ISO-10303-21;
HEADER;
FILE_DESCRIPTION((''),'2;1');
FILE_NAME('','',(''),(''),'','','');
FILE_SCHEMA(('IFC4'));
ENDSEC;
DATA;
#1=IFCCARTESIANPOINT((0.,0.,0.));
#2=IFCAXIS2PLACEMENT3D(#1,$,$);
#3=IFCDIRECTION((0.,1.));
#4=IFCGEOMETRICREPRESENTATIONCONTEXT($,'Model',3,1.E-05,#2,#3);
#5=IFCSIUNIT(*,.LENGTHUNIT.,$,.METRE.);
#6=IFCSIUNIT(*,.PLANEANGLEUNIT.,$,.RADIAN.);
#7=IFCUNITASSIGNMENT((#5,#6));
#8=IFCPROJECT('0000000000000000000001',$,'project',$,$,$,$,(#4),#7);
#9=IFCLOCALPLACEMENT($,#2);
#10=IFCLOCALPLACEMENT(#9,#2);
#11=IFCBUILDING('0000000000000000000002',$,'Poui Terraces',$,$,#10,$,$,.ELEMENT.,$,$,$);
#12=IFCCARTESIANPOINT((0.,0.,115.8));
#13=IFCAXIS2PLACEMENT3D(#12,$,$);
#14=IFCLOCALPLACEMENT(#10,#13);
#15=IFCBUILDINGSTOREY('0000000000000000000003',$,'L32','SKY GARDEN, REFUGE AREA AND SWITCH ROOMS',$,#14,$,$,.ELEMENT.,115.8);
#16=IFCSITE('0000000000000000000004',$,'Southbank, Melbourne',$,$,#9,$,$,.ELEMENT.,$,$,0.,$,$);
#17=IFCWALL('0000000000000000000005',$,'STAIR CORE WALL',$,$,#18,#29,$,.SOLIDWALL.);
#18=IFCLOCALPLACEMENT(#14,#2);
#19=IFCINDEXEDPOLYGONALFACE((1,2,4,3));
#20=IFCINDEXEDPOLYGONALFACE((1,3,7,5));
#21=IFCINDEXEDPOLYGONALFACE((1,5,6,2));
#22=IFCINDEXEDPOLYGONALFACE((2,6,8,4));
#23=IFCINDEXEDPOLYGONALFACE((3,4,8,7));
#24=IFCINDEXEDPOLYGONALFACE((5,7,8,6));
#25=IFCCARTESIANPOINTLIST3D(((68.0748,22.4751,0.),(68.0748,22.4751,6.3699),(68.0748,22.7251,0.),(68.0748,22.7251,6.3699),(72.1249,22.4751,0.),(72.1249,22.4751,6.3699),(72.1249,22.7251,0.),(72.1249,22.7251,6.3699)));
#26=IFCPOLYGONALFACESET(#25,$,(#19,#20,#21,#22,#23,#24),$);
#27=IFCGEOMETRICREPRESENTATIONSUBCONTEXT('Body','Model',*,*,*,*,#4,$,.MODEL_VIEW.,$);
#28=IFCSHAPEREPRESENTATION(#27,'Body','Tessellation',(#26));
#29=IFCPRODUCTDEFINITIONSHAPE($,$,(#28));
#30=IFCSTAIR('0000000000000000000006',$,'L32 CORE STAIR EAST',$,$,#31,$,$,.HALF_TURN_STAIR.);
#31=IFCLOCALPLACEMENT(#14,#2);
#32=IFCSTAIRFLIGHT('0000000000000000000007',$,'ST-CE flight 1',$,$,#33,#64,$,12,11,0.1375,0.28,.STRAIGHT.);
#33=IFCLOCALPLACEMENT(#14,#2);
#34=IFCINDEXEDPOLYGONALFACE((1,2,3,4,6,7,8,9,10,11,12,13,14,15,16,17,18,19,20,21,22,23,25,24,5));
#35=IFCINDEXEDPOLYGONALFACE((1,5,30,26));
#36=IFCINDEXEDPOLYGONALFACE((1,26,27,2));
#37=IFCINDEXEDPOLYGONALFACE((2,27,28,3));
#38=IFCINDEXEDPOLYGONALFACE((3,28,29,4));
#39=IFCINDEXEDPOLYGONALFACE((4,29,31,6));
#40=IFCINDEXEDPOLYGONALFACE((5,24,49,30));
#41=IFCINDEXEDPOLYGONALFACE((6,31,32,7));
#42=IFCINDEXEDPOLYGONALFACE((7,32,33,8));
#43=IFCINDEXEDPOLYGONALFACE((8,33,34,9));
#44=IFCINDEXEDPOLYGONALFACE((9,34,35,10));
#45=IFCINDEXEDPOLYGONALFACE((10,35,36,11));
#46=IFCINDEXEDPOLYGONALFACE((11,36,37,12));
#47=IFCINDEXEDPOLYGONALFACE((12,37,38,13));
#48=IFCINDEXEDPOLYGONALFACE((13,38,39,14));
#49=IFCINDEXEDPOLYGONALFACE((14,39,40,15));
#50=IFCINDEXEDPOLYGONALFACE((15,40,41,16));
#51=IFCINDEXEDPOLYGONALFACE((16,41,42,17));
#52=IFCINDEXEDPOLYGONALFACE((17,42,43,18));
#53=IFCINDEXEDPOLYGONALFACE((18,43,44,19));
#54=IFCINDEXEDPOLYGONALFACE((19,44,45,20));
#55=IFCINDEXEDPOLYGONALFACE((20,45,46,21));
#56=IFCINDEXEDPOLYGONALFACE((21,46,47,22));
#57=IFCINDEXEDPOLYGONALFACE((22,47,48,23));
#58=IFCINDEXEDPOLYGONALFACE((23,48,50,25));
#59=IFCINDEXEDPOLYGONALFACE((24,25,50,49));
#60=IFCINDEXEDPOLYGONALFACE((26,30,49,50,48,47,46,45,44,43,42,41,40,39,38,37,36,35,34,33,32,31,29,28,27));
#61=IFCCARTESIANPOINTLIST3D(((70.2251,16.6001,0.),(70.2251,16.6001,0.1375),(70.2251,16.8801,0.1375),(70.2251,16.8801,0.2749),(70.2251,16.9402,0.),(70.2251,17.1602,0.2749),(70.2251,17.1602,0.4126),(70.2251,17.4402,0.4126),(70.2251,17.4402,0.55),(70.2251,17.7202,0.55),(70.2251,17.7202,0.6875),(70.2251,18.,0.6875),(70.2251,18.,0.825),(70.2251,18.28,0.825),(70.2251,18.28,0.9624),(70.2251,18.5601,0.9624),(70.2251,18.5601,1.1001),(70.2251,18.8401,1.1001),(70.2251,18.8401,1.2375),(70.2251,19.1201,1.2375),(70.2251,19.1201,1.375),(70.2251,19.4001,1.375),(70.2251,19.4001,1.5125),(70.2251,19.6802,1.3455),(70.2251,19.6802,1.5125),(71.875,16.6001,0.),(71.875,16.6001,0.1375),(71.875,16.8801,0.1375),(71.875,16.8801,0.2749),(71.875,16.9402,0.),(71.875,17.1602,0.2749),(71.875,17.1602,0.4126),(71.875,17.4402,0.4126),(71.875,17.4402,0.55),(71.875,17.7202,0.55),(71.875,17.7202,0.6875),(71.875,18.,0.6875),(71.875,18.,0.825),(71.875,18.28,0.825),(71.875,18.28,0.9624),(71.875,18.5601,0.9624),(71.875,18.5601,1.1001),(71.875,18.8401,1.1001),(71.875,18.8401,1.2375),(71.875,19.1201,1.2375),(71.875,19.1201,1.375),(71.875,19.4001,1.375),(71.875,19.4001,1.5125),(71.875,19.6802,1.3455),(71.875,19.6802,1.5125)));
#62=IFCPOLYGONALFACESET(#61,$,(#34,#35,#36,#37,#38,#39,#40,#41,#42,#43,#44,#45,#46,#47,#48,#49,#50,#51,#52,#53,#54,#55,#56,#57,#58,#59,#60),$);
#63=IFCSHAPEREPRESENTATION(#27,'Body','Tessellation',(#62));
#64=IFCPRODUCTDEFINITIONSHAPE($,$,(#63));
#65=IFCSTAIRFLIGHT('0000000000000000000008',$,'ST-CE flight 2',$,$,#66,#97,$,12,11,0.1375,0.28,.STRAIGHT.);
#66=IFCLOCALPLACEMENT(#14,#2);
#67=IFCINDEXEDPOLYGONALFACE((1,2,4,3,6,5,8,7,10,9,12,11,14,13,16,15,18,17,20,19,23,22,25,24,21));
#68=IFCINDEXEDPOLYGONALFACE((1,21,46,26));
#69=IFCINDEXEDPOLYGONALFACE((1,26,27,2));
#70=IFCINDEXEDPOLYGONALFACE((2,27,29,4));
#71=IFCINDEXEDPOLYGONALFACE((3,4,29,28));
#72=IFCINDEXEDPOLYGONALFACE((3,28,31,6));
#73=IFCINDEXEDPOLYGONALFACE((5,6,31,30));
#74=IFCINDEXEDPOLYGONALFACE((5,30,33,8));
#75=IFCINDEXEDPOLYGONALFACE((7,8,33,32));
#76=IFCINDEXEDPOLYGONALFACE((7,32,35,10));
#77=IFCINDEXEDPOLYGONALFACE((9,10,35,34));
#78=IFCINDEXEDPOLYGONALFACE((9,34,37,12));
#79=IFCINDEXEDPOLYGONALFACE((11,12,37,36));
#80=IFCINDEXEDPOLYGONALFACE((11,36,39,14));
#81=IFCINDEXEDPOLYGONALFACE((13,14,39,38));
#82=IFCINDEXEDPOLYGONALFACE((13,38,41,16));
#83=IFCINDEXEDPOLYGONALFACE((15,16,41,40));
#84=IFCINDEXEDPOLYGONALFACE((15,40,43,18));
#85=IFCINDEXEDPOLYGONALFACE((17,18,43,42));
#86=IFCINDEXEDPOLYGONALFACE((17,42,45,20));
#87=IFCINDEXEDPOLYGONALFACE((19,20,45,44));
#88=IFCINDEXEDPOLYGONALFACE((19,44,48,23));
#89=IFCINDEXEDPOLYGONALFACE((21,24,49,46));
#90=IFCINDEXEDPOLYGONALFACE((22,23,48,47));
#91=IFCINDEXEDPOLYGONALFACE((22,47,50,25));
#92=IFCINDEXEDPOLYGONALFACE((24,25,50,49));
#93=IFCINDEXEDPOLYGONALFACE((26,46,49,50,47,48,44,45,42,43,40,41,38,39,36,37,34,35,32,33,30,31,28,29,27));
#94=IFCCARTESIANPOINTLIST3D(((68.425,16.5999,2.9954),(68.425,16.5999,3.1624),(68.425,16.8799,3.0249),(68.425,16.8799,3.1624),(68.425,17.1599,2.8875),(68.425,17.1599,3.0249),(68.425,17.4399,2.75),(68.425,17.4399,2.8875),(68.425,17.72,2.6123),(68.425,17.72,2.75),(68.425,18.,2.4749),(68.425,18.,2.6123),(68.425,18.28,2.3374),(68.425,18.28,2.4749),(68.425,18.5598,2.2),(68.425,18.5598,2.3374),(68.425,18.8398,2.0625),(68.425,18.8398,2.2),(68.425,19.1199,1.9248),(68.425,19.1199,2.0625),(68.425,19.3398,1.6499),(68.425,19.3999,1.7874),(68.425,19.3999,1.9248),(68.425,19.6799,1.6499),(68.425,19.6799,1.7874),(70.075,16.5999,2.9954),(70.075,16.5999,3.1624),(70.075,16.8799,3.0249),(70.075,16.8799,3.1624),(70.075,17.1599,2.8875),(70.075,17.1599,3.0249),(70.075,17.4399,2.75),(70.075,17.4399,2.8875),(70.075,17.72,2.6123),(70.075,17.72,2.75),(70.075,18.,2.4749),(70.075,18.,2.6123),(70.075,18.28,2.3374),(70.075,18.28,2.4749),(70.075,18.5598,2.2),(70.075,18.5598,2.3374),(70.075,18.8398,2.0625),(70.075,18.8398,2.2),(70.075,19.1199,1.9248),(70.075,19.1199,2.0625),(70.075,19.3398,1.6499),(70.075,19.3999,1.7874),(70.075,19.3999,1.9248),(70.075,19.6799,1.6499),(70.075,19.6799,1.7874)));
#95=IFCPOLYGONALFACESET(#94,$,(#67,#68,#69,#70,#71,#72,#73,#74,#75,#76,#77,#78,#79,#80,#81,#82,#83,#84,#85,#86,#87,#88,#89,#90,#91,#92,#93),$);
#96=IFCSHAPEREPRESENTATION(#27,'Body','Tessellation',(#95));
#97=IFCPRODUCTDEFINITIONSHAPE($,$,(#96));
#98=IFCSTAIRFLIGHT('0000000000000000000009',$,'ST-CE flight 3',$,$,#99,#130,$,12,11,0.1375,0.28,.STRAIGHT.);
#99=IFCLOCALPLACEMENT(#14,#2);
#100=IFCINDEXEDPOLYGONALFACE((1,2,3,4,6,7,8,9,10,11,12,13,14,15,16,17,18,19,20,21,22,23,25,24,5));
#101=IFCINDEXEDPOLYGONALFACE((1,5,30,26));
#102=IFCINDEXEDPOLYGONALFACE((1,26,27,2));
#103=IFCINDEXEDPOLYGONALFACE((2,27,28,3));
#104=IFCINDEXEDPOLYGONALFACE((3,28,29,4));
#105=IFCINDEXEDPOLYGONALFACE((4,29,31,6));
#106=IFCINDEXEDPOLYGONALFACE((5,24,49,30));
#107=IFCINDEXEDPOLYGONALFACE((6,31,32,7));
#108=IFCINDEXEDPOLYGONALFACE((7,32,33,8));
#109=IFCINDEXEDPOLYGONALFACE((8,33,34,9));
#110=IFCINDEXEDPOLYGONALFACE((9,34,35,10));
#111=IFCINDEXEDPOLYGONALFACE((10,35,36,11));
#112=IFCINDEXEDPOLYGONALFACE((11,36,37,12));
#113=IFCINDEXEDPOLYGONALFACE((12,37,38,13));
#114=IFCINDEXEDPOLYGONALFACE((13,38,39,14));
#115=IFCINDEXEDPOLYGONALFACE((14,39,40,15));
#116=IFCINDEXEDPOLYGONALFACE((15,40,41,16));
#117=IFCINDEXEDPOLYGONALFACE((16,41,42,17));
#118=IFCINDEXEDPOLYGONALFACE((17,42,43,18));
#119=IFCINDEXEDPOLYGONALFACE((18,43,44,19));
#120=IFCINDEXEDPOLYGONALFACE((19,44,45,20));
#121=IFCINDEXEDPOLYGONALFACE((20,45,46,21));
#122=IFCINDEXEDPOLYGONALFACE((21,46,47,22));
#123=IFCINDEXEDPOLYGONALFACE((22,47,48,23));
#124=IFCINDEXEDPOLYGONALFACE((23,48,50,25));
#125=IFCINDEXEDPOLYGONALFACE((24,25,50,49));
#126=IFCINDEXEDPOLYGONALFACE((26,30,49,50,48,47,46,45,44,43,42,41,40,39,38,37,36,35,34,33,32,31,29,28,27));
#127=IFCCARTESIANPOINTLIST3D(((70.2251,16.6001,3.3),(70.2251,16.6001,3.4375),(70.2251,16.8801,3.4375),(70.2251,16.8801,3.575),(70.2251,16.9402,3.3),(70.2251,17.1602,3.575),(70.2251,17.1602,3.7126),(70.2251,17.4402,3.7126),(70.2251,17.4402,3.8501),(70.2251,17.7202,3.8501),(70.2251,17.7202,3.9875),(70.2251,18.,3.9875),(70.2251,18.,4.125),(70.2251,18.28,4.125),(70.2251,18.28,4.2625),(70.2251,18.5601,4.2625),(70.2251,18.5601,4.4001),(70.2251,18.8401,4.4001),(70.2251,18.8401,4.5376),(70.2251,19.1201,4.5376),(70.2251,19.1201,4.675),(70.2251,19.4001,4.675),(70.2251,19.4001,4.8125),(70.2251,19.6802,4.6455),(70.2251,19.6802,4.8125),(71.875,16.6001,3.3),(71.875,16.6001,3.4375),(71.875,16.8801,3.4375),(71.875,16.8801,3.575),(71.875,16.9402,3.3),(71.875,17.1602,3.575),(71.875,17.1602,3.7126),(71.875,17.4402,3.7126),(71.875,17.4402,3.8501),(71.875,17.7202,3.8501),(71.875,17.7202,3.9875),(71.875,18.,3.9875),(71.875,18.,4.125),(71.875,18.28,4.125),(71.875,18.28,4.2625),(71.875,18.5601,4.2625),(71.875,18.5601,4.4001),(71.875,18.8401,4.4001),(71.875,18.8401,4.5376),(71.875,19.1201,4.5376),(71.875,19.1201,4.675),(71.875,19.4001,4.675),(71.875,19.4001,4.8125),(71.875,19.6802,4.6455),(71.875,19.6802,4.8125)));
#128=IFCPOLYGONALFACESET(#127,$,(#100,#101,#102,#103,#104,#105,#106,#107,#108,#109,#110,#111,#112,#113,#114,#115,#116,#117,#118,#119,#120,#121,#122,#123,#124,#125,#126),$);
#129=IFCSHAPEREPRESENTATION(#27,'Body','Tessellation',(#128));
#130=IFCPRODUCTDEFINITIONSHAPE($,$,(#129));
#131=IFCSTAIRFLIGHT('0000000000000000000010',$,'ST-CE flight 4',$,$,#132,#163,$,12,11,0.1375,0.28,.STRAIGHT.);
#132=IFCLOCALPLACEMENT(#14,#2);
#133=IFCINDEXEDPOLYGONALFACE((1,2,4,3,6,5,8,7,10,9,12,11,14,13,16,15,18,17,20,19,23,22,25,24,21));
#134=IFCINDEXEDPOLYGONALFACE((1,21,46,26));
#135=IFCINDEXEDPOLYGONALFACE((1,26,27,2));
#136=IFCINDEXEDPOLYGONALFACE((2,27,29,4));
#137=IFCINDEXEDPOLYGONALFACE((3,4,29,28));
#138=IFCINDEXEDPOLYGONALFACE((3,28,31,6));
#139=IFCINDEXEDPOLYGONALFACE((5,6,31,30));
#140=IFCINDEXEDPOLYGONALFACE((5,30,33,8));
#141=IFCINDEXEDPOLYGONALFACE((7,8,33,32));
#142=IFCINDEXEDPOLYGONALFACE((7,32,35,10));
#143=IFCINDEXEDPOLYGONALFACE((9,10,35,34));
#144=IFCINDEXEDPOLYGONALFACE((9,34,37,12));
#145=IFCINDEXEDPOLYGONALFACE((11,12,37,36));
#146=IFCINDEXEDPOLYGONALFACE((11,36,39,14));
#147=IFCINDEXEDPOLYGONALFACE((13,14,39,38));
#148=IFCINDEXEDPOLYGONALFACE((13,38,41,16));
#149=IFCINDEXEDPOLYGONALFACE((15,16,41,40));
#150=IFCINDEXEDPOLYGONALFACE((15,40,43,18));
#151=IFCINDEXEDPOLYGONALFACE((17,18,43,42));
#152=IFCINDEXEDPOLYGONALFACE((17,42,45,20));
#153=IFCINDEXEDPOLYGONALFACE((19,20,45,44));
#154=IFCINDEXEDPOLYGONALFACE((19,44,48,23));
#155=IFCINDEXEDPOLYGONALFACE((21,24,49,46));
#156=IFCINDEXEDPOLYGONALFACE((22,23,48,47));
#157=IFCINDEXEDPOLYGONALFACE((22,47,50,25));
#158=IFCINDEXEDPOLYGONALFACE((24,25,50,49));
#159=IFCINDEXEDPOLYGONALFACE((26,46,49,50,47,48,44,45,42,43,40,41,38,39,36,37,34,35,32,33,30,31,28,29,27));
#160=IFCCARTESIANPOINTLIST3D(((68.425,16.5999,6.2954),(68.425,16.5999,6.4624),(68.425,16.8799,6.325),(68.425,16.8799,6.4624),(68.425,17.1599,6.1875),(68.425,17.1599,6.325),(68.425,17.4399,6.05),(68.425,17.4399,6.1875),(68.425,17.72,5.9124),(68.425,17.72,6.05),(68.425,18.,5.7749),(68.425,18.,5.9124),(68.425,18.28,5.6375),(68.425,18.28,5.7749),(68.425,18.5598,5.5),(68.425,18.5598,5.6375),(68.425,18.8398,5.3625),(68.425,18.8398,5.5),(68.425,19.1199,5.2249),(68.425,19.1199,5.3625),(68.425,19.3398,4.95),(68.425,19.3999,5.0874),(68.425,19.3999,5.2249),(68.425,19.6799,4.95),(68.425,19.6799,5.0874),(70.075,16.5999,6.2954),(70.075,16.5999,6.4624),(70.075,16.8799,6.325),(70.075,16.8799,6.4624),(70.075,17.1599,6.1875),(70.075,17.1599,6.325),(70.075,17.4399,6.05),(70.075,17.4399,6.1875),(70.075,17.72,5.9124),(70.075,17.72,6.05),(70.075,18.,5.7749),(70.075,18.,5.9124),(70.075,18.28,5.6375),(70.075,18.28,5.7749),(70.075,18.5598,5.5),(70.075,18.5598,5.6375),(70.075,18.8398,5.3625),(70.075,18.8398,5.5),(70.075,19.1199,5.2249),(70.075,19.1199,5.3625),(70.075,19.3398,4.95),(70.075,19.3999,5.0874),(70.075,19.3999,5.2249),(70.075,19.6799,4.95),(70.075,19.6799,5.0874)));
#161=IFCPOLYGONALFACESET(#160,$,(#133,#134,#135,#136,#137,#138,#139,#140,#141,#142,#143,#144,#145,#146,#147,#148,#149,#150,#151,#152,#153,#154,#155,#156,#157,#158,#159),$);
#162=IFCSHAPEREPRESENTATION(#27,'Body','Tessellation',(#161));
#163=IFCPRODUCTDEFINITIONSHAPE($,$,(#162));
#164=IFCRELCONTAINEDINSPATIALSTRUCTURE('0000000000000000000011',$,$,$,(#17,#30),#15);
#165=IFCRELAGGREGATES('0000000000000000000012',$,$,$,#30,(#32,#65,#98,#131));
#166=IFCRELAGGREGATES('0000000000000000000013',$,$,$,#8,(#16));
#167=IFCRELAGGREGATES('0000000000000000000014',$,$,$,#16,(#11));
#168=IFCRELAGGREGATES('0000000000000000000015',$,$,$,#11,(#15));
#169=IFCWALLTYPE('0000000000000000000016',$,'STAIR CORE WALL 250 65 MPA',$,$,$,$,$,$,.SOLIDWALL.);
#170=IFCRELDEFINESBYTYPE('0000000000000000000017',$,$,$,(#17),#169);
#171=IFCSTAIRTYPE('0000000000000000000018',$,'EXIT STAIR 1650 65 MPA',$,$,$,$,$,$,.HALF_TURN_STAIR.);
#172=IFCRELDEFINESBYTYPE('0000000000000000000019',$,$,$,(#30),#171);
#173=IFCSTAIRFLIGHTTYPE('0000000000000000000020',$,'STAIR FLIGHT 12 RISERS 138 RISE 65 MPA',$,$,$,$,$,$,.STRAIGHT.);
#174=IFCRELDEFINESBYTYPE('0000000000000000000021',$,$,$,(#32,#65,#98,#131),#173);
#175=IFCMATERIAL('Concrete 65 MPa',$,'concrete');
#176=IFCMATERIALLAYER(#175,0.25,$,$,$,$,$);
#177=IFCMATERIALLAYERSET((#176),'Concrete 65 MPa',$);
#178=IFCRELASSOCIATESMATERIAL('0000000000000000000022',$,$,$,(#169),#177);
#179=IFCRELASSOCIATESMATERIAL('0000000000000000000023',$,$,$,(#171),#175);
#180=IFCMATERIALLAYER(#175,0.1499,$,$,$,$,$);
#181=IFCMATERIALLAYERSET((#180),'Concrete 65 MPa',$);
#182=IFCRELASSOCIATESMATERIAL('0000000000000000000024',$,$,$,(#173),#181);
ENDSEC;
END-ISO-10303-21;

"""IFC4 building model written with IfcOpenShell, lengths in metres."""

from ifc_helpers import new_model, si_unit, direction, frame, frame_2d, origin, place, context, subcontext, project, spatial, polyline, rectangle, outline, extrude, material, layer, layer_set, type_object, element, aggregate, save


model = new_model("IFC4")

# Units and contexts
model_context = context("Model", 3, precision=1e-05, world=origin(), true_north=direction((0.0, 1.0)))
body_context = subcontext(model_context, "Body", "Model", "MODEL_VIEW")
ifc_project = project(units=[si_unit("LENGTHUNIT", "METRE"), si_unit("PLANEANGLEUNIT", "RADIAN")], contexts=[model_context])

# Site, building, storey
site_placement = place(None, origin())
site = spatial("IfcSite", under=ifc_project, at=site_placement, Name="Southbank, Melbourne", CompositionType="ELEMENT", RefElevation=0.0)
building_placement = place(site_placement, origin())
building = spatial("IfcBuilding", under=site, at=building_placement, Name="Poui Terraces", CompositionType="ELEMENT")
storey_placement = place(building_placement, frame((0.0, 0.0, 115.8)))
storey = spatial("IfcBuildingStorey", under=building, at=storey_placement, Name="L32", Description="SKY GARDEN, REFUGE AREA AND SWITCH ROOMS", CompositionType="ELEMENT", Elevation=115.8)

# Wall
ifc_material_1 = material(Name="Concrete 65 MPa", Category="concrete")
ifc_layer_1 = layer(ifc_material_1, 0.25)
ifc_layer_set_1 = layer_set([ifc_layer_1], Name="Concrete 65 MPa")
wall_type = type_object("IfcWallType", Name="STAIR CORE WALL 250 65 MPA", PredefinedType="SOLIDWALL", material=ifc_layer_set_1)
wall_placement = place(storey_placement, frame((68.075, 22.6001, 0.0), z_axis=(0.0, 0.0, 1.0), x_axis=(1.0, 0.0, 0.0)))
element("IfcWall", 1, at=wall_placement, inside=storey, type_object=wall_type, Name="STAIR CORE WALL", PredefinedType="SOLIDWALL", context=body_context, shape_type="SweptSolid", body=[
    extrude(rectangle(XDim=4.05, YDim=0.25, at=frame_2d((2.0249, 0.0))), origin(), (0.0, 0.0, 1.0), 6.3699),
])

# Stair, stair flights
stair_type = type_object("IfcStairType", Name="EXIT STAIR 1650 65 MPA", PredefinedType="HALF_TURN_STAIR", material=ifc_material_1)
stair_placement = place(storey_placement, origin())
stair = element("IfcStair", 2, at=stair_placement, inside=storey, type_object=stair_type, Name="L32 CORE STAIR EAST", PredefinedType="HALF_TURN_STAIR")
ifc_layer_2 = layer(ifc_material_1, 0.1499)
ifc_layer_set_2 = layer_set([ifc_layer_2], Name="Concrete 65 MPa")
stair_flight_type = type_object("IfcStairFlightType", Name="STAIR FLIGHT 12 RISERS 138 RISE 65 MPA", PredefinedType="STRAIGHT", material=ifc_layer_set_2)
stair_flight_1_placement = place(storey_placement, frame((71.05, 16.6001, 0.0), z_axis=(0.0, 0.0, 1.0), x_axis=(0.0, 1.0, 0.0)))
stair_flight_1 = element("IfcStairFlight", 3, at=stair_flight_1_placement, type_object=stair_flight_type, Name="ST-CE flight 1", NumberOfRisers=12, NumberOfTreads=11, PredefinedType="STRAIGHT", RiserHeight=0.1375, TreadLength=0.28, context=body_context, shape_type="SweptSolid", body=[
    extrude(outline(polyline([(0.0, 0.0), (0.0, 0.1375), (0.28, 0.1375), (0.28, 0.2749), (0.5601, 0.2749), (0.5601, 0.4126), (0.8401, 0.4126), (0.8401, 0.55), (1.1201, 0.55), (1.1201, 0.6875), (1.3999, 0.6875), (1.3999, 0.825), (1.6799, 0.825), (1.6799, 0.9624), (1.96, 0.9624), (1.96, 1.1001), (2.24, 1.1001), (2.24, 1.2375), (2.52, 1.2375), (2.52, 1.375), (2.8, 1.375), (2.8, 1.5125), (3.0801, 1.5125), (3.0801, 1.6499), (3.0801, 1.3455), (0.3401, 0.0), (0.0, 0.0)])), frame((0.0, 0.825, 0.0), z_axis=(0.0, -1.0, 0.0), x_axis=(1.0, 0.0, 0.0)), (0.0, 0.0, 1.0), 1.6499),
])
stair_flight_2_placement = place(storey_placement, frame((69.25, 19.6799, 1.6499), z_axis=(0.0, 0.0, 1.0), x_axis=(0.0, -1.0, 0.0)))
stair_flight_2 = element("IfcStairFlight", 4, at=stair_flight_2_placement, type_object=stair_flight_type, Name="ST-CE flight 2", NumberOfRisers=12, NumberOfTreads=11, PredefinedType="STRAIGHT", RiserHeight=0.1375, TreadLength=0.28, context=body_context, shape_type="SweptSolid", body=[
    extrude(outline(polyline([(0.0, 0.0), (0.0, 0.1375), (0.28, 0.1375), (0.28, 0.2749), (0.5601, 0.2749), (0.5601, 0.4126), (0.8401, 0.4126), (0.8401, 0.55), (1.1201, 0.55), (1.1201, 0.6875), (1.3999, 0.6875), (1.3999, 0.825), (1.6799, 0.825), (1.6799, 0.9624), (1.96, 0.9624), (1.96, 1.1001), (2.24, 1.1001), (2.24, 1.2375), (2.52, 1.2375), (2.52, 1.375), (2.8, 1.375), (2.8, 1.5125), (3.0801, 1.5125), (3.0801, 1.6499), (3.0801, 1.3455), (0.3401, 0.0), (0.0, 0.0)])), frame((0.0, 0.825, 0.0), z_axis=(0.0, -1.0, 0.0), x_axis=(1.0, 0.0, 0.0)), (0.0, 0.0, 1.0), 1.6499),
])
stair_flight_3_placement = place(storey_placement, frame((71.05, 16.6001, 3.3), z_axis=(0.0, 0.0, 1.0), x_axis=(0.0, 1.0, 0.0)))
stair_flight_3 = element("IfcStairFlight", 5, at=stair_flight_3_placement, type_object=stair_flight_type, Name="ST-CE flight 3", NumberOfRisers=12, NumberOfTreads=11, PredefinedType="STRAIGHT", RiserHeight=0.1375, TreadLength=0.28, context=body_context, shape_type="SweptSolid", body=[
    extrude(outline(polyline([(0.0, 0.0), (0.0, 0.1375), (0.28, 0.1375), (0.28, 0.2749), (0.5601, 0.2749), (0.5601, 0.4126), (0.8401, 0.4126), (0.8401, 0.55), (1.1201, 0.55), (1.1201, 0.6875), (1.3999, 0.6875), (1.3999, 0.825), (1.6799, 0.825), (1.6799, 0.9624), (1.96, 0.9624), (1.96, 1.1001), (2.24, 1.1001), (2.24, 1.2375), (2.52, 1.2375), (2.52, 1.375), (2.8, 1.375), (2.8, 1.5125), (3.0801, 1.5125), (3.0801, 1.6499), (3.0801, 1.3455), (0.3401, 0.0), (0.0, 0.0)])), frame((0.0, 0.825, 0.0), z_axis=(0.0, -1.0, 0.0), x_axis=(1.0, 0.0, 0.0)), (0.0, 0.0, 1.0), 1.6499),
])
stair_flight_4_placement = place(storey_placement, frame((69.25, 19.6799, 4.95), z_axis=(0.0, 0.0, 1.0), x_axis=(0.0, -1.0, 0.0)))
stair_flight_4 = element("IfcStairFlight", 6, at=stair_flight_4_placement, type_object=stair_flight_type, Name="ST-CE flight 4", NumberOfRisers=12, NumberOfTreads=11, PredefinedType="STRAIGHT", RiserHeight=0.1375, TreadLength=0.28, context=body_context, shape_type="SweptSolid", body=[
    extrude(outline(polyline([(0.0, 0.0), (0.0, 0.1375), (0.28, 0.1375), (0.28, 0.2749), (0.5601, 0.2749), (0.5601, 0.4126), (0.8401, 0.4126), (0.8401, 0.55), (1.1201, 0.55), (1.1201, 0.6875), (1.3999, 0.6875), (1.3999, 0.825), (1.6799, 0.825), (1.6799, 0.9624), (1.96, 0.9624), (1.96, 1.1001), (2.24, 1.1001), (2.24, 1.2375), (2.52, 1.2375), (2.52, 1.375), (2.8, 1.375), (2.8, 1.5125), (3.0801, 1.5125), (3.0801, 1.6499), (3.0801, 1.3455), (0.3401, 0.0), (0.0, 0.0)])), frame((0.0, 0.825, 0.0), z_axis=(0.0, -1.0, 0.0), x_axis=(1.0, 0.0, 0.0)), (0.0, 0.0, 1.0), 1.6499),
])
aggregate(stair, [stair_flight_1, stair_flight_2, stair_flight_3, stair_flight_4])

save(model, "model.ifc")
